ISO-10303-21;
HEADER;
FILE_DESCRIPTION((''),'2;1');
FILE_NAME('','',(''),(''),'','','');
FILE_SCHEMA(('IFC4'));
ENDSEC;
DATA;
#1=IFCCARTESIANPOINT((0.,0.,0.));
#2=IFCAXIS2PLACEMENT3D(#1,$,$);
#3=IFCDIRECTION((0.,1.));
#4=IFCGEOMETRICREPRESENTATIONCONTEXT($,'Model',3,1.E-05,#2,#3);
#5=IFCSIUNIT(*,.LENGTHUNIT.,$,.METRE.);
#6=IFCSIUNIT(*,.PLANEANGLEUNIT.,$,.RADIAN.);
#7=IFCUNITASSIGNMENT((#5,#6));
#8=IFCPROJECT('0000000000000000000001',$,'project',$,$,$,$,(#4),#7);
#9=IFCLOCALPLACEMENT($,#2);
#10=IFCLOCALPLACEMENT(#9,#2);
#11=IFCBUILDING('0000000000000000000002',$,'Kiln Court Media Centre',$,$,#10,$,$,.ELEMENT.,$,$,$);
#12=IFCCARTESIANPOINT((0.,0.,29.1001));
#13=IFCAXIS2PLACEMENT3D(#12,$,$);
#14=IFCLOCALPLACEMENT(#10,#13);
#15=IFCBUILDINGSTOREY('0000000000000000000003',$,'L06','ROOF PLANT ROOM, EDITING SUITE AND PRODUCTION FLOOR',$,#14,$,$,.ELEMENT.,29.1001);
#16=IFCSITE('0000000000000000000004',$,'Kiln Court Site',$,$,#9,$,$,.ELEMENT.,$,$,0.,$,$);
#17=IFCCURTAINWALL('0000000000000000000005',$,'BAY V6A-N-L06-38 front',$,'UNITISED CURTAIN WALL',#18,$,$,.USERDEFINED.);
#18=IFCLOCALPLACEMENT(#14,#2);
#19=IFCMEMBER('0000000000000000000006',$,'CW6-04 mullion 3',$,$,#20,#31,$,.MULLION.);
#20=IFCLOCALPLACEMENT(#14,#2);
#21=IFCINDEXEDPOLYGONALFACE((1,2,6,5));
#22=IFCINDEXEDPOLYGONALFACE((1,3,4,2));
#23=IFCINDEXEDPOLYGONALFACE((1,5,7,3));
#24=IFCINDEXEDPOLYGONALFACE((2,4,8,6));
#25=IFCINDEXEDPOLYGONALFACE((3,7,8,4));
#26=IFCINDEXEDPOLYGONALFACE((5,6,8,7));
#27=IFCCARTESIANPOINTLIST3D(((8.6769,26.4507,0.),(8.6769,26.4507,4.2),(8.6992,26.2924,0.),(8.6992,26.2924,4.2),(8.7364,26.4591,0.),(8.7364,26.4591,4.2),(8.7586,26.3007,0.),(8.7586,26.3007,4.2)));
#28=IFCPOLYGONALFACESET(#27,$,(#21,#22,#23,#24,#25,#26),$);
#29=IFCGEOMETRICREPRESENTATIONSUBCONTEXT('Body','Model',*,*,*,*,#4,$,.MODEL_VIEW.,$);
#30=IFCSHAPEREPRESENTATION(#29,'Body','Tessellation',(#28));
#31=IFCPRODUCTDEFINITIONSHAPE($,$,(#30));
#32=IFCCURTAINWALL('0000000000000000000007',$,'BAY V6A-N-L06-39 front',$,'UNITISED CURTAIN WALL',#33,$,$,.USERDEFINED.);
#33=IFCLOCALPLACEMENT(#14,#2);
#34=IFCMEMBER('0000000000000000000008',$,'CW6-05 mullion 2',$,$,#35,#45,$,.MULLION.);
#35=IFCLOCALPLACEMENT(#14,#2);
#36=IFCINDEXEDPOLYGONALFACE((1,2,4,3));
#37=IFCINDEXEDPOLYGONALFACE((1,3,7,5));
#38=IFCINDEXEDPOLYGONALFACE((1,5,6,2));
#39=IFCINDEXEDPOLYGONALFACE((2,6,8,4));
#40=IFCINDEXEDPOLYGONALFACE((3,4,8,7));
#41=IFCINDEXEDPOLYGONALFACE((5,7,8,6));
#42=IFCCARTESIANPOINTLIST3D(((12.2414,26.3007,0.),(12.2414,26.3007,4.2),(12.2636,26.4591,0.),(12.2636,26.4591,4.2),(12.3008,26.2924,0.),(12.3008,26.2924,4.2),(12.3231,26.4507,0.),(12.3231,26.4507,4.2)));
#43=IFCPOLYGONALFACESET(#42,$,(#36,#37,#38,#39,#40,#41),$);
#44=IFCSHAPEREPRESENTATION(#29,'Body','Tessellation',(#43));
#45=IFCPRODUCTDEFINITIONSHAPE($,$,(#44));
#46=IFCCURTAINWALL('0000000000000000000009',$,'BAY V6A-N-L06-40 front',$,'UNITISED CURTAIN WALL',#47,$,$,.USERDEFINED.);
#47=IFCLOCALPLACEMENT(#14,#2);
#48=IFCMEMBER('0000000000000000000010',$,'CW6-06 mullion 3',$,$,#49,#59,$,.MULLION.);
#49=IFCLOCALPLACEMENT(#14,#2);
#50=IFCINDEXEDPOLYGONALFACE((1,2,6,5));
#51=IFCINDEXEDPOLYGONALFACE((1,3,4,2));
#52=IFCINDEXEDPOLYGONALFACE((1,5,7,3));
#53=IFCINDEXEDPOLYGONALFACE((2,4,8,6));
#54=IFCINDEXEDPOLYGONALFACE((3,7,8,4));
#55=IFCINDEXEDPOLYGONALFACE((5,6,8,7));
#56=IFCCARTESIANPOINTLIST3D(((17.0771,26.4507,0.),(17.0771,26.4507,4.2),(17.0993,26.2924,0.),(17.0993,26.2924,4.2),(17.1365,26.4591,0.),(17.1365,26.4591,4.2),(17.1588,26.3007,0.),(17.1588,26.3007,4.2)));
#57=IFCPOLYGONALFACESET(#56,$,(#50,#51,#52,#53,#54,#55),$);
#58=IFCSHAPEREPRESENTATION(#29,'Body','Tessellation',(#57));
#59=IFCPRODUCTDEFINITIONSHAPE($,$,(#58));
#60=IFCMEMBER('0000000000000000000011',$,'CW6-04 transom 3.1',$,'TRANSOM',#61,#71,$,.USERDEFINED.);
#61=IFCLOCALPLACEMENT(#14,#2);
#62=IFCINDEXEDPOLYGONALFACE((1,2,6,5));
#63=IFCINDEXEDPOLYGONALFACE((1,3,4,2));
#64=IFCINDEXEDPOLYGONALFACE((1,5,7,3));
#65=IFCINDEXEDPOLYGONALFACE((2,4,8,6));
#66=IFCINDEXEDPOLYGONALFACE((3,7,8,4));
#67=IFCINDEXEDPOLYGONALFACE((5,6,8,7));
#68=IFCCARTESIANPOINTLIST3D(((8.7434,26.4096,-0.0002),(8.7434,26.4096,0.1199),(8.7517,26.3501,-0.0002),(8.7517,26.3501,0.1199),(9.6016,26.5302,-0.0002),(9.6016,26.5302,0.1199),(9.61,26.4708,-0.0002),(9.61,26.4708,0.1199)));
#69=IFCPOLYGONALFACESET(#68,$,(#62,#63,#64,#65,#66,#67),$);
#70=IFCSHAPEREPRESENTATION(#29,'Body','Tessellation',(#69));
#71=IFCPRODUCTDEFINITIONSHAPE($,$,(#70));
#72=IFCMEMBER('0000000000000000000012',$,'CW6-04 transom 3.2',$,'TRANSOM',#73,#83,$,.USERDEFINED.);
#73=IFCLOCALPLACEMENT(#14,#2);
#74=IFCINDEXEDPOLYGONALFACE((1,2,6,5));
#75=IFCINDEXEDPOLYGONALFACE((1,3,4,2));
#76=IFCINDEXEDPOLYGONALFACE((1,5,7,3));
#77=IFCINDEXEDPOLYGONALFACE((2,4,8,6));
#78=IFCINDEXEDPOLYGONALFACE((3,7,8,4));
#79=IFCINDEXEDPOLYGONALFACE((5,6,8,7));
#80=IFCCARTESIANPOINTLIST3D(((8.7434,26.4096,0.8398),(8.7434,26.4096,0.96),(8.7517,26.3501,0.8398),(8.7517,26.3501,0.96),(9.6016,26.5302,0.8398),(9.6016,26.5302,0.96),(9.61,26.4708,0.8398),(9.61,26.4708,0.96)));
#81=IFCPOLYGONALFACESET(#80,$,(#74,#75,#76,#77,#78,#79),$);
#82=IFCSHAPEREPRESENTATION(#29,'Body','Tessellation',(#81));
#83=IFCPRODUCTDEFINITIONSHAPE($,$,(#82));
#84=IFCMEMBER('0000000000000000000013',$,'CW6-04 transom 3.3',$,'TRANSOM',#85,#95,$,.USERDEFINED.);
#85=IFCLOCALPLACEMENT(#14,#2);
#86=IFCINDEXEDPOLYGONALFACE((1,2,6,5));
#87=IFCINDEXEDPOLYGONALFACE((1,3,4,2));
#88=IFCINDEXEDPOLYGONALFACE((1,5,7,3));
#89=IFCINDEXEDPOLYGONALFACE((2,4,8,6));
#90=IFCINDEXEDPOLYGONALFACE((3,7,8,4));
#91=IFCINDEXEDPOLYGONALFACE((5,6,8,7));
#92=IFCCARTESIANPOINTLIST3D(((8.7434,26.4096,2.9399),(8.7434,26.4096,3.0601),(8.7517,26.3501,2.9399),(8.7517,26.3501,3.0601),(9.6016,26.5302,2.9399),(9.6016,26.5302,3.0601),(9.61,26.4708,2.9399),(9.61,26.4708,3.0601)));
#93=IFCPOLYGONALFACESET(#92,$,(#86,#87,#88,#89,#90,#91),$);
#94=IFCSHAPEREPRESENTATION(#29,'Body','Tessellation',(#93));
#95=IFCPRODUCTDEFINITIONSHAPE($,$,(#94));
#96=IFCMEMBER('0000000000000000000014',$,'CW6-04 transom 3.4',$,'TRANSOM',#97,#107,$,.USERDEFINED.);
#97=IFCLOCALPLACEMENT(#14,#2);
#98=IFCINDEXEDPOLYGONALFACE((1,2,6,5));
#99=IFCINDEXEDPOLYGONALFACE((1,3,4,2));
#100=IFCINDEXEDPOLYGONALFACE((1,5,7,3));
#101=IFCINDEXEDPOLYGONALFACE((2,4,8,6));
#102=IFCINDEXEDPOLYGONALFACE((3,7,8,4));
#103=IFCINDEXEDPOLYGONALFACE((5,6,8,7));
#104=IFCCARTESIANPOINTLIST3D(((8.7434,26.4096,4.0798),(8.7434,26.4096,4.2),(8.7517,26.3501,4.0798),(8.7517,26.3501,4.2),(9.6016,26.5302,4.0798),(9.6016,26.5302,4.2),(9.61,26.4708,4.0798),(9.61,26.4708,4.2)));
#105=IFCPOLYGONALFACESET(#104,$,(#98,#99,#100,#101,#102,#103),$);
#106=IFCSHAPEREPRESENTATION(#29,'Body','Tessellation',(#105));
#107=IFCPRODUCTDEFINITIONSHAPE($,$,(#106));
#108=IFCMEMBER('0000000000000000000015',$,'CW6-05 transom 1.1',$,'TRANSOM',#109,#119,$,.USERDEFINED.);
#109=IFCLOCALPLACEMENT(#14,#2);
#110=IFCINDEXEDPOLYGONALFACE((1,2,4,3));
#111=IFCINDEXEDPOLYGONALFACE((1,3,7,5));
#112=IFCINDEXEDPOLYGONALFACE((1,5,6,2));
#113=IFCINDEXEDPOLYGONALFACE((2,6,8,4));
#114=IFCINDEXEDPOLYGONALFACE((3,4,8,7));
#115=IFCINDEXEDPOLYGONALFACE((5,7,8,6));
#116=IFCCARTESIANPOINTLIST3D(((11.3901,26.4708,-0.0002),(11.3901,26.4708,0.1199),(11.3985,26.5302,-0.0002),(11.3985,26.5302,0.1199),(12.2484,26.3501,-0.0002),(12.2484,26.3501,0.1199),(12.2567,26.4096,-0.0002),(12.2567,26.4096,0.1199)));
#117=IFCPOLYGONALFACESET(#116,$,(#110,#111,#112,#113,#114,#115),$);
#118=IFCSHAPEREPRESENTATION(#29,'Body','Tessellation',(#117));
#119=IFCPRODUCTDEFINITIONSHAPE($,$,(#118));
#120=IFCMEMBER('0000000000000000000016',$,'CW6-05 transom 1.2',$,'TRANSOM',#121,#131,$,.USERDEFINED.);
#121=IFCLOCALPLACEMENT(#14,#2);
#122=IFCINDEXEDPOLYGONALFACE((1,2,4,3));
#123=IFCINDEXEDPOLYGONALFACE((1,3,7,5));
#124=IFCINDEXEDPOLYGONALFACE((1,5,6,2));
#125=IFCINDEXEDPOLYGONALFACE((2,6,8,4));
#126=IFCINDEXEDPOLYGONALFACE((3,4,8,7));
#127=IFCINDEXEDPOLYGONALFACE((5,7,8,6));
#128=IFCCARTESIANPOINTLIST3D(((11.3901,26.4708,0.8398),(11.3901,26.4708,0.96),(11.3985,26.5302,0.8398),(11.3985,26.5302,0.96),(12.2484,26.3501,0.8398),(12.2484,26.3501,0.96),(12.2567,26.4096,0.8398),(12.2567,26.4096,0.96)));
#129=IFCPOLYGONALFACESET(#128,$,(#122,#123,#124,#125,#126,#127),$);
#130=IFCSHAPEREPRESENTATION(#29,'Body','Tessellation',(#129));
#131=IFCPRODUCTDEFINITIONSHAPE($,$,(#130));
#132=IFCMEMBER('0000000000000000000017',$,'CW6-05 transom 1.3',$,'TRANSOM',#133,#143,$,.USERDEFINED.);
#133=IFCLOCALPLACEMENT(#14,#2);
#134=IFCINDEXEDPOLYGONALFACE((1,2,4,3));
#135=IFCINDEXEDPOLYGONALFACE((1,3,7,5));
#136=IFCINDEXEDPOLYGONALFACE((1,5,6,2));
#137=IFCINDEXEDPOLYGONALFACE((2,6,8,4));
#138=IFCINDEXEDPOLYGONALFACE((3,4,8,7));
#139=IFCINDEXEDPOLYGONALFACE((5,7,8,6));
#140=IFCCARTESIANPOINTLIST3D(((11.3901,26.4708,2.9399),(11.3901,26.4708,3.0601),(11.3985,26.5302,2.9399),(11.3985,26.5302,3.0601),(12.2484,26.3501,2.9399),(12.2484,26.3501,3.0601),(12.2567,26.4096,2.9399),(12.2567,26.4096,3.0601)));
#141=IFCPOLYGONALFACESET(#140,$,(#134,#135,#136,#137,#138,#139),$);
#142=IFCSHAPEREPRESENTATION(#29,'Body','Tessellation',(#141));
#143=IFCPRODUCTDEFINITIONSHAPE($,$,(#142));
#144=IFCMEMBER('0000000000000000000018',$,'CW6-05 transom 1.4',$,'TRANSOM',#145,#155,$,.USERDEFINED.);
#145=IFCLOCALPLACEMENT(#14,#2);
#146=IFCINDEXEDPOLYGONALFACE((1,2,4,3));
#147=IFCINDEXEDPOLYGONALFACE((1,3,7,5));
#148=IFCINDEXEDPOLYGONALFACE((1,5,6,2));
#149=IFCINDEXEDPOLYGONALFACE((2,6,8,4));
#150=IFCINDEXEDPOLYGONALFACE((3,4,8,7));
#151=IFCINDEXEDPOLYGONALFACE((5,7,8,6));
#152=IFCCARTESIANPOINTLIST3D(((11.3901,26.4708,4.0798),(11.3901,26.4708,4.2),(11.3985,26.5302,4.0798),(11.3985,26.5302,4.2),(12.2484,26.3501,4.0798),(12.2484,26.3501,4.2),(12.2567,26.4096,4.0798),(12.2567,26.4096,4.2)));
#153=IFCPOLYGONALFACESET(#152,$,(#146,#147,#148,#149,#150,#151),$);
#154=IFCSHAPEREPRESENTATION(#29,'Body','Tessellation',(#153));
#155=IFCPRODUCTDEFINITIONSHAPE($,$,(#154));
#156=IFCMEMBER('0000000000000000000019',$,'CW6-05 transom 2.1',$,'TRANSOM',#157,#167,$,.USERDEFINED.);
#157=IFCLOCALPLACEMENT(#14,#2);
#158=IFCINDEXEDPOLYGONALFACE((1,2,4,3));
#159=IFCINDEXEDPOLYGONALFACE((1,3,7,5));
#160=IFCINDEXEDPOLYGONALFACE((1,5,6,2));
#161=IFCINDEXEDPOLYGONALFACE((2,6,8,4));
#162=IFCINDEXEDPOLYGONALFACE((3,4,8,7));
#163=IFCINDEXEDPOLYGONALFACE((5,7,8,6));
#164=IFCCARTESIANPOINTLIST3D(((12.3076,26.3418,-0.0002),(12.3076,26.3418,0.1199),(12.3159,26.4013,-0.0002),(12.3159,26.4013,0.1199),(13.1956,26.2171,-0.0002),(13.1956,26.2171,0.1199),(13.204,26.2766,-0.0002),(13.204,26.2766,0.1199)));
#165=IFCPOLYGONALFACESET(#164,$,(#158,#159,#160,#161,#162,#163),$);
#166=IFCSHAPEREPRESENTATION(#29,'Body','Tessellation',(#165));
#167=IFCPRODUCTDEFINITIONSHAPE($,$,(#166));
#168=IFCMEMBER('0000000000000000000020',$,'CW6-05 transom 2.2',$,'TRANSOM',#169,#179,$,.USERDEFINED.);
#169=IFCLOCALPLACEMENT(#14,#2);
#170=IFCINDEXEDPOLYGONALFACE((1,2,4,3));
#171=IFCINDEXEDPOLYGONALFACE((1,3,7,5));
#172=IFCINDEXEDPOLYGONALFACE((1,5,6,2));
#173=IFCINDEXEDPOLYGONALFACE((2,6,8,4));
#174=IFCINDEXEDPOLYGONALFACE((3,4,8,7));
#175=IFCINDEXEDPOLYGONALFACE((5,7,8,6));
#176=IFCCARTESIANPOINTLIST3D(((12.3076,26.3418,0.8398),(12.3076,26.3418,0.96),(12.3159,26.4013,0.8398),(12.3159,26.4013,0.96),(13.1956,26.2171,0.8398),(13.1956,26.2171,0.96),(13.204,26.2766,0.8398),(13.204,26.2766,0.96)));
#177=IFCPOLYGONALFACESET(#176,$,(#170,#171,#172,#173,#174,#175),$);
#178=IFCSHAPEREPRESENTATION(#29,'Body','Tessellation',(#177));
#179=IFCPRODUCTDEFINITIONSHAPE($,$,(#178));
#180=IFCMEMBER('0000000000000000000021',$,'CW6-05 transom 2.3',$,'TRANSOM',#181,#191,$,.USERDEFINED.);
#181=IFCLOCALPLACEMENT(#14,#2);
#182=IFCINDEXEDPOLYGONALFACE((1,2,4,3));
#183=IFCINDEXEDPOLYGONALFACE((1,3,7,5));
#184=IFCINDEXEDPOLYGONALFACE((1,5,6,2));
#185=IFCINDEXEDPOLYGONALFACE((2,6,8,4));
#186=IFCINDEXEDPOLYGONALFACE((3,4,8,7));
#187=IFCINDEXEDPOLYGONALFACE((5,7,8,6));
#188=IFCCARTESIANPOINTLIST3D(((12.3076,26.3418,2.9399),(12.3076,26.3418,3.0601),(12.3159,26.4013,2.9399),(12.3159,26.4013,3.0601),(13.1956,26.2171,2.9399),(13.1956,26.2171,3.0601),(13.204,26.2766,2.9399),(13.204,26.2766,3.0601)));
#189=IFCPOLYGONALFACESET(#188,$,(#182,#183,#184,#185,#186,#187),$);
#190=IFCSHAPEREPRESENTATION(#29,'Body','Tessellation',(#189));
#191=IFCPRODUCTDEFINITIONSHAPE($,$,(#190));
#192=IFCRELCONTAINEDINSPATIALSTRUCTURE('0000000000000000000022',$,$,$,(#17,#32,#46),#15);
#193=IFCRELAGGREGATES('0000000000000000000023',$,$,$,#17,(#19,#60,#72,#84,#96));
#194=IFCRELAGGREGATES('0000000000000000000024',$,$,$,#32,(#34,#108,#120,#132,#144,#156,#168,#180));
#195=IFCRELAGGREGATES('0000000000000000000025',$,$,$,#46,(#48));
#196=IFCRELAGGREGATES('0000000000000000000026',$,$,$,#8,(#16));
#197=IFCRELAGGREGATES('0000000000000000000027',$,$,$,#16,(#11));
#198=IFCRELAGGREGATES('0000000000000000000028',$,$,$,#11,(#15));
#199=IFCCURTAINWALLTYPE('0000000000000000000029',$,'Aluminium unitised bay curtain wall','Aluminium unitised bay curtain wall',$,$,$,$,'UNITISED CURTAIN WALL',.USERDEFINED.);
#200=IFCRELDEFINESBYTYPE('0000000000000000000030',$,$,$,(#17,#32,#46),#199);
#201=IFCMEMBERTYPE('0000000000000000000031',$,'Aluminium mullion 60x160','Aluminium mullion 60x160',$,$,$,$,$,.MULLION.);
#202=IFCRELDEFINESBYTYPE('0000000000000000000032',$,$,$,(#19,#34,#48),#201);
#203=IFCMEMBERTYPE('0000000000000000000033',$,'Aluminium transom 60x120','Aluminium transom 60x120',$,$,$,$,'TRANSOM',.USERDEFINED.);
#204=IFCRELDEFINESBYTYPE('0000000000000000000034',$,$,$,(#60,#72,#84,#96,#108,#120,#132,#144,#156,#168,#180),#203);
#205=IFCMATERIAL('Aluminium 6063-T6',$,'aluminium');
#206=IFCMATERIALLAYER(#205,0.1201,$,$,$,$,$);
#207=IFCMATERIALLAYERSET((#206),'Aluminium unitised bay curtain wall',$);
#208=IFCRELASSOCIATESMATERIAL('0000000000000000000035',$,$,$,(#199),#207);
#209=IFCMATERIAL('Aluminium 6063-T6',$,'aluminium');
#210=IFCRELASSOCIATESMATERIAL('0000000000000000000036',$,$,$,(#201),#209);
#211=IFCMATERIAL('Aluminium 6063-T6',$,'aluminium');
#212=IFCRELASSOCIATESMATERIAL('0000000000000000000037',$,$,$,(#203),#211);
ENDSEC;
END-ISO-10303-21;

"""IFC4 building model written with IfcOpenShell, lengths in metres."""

from ifc_helpers import new_model, si_unit, direction, frame, origin, origin_2d, place, context, subcontext, project, spatial, rectangle, extrude, material, layer, layer_set, material_profile, profile_set, type_object, element, aggregate, save


model = new_model("IFC4")

# Units and contexts
model_context = context("Model", 3, precision=1e-05, world=origin(), true_north=direction((0.0, 1.0)))
body_context = subcontext(model_context, "Body", "Model", "MODEL_VIEW")
ifc_project = project(units=[si_unit("LENGTHUNIT", "METRE"), si_unit("PLANEANGLEUNIT", "RADIAN")], contexts=[model_context])

# Site, building, storey
site_placement = place(None, origin())
site = spatial("IfcSite", under=ifc_project, at=site_placement, Name="Kiln Court Site", CompositionType="ELEMENT", RefElevation=0.0)
building_placement = place(site_placement, origin())
building = spatial("IfcBuilding", under=site, at=building_placement, Name="Kiln Court Media Centre", CompositionType="ELEMENT")
storey_placement = place(building_placement, frame((0.0, 0.0, 29.1001)))
storey = spatial("IfcBuildingStorey", under=building, at=storey_placement, Name="L06", Description="ROOF PLANT ROOM, EDITING SUITE AND PRODUCTION FLOOR", CompositionType="ELEMENT", Elevation=29.1001)

# Curtain walls, members
ifc_material_1 = material(Name="Aluminium 6063-T6", Category="aluminium")
ifc_layer_1 = layer(ifc_material_1, 0.1201)
ifc_layer_set_1 = layer_set([ifc_layer_1], Name="Aluminium unitised bay curtain wall")
curtain_wall_type = type_object("IfcCurtainWallType", Name="Aluminium unitised bay curtain wall", Description="Aluminium unitised bay curtain wall", ElementType="UNITISED CURTAIN WALL", PredefinedType="USERDEFINED", material=ifc_layer_set_1)
curtain_wall_1_placement = place(storey_placement, origin())
curtain_wall_1 = element("IfcCurtainWall", 1, at=curtain_wall_1_placement, inside=storey, type_object=curtain_wall_type, Name="BAY V6A-N-L06-38 front", ObjectType="UNITISED CURTAIN WALL", PredefinedType="USERDEFINED")
ifc_material_2 = material(Name="Aluminium 6063-T6", Category="aluminium")
ifc_material_profile_1 = material_profile(ifc_material_2, rectangle(XDim=0.0601, YDim=0.1599, at=origin_2d()), Name="Aluminium mullion 60x160")
ifc_profile_set_1 = profile_set([ifc_material_profile_1], Name="Aluminium 6063-T6")
member_type_1 = type_object("IfcMemberType", Name="Aluminium mullion 60x160", Description="Aluminium mullion 60x160", PredefinedType="MULLION", material=ifc_profile_set_1)
member_1_placement = place(storey_placement, frame((8.7178, 26.3757, 0.0), z_axis=(0.0, 0.0, 1.0), x_axis=(0.99027, 0.139162, 0.0)))
member_1 = element("IfcMember", 2, at=member_1_placement, type_object=member_type_1, Name="CW6-04 mullion 3", PredefinedType="MULLION", context=body_context, shape_type="SweptSolid", body=[
    extrude(rectangle(XDim=0.0601, YDim=0.1599, at=origin_2d()), origin(), (0.0, 0.0, 1.0), 4.2),
])
curtain_wall_2_placement = place(storey_placement, origin())
curtain_wall_2 = element("IfcCurtainWall", 3, at=curtain_wall_2_placement, inside=storey, type_object=curtain_wall_type, Name="BAY V6A-N-L06-39 front", ObjectType="UNITISED CURTAIN WALL", PredefinedType="USERDEFINED")
member_2_placement = place(storey_placement, frame((12.2822, 26.3757, 0.0), z_axis=(0.0, 0.0, 1.0), x_axis=(0.99027, -0.139162, 0.0)))
member_2 = element("IfcMember", 4, at=member_2_placement, type_object=member_type_1, Name="CW6-05 mullion 2", PredefinedType="MULLION", context=body_context, shape_type="SweptSolid", body=[
    extrude(rectangle(XDim=0.0601, YDim=0.1599, at=origin_2d()), origin(), (0.0, 0.0, 1.0), 4.2),
])
curtain_wall_3_placement = place(storey_placement, origin())
curtain_wall_3 = element("IfcCurtainWall", 5, at=curtain_wall_3_placement, inside=storey, type_object=curtain_wall_type, Name="BAY V6A-N-L06-40 front", ObjectType="UNITISED CURTAIN WALL", PredefinedType="USERDEFINED")
member_3_placement = place(storey_placement, frame((17.1179, 26.3757, 0.0), z_axis=(0.0, 0.0, 1.0), x_axis=(0.99027, 0.139162, 0.0)))
member_3 = element("IfcMember", 6, at=member_3_placement, type_object=member_type_1, Name="CW6-06 mullion 3", PredefinedType="MULLION", context=body_context, shape_type="SweptSolid", body=[
    extrude(rectangle(XDim=0.0601, YDim=0.1599, at=origin_2d()), origin(), (0.0, 0.0, 1.0), 4.2),
])

# Members
ifc_material_3 = material(Name="Aluminium 6063-T6", Category="aluminium")
ifc_material_profile_2 = material_profile(ifc_material_3, rectangle(XDim=0.0601, YDim=0.1201, at=origin_2d()), Name="Aluminium transom 60x120")
ifc_profile_set_2 = profile_set([ifc_material_profile_2], Name="Aluminium 6063-T6")
member_type_2 = type_object("IfcMemberType", Name="Aluminium transom 60x120", Description="Aluminium transom 60x120", ElementType="TRANSOM", PredefinedType="USERDEFINED", material=ifc_profile_set_2)
member_4_placement = place(storey_placement, frame((8.7476, 26.3799, 0.0598), z_axis=(0.990268, 0.139173, 0.0), x_axis=(-0.139173, 0.990268, 0.0)))
member_4 = element("IfcMember", 7, at=member_4_placement, type_object=member_type_2, Name="CW6-04 transom 3.1", ObjectType="TRANSOM", PredefinedType="USERDEFINED", context=body_context, shape_type="SweptSolid", body=[
    extrude(rectangle(XDim=0.0601, YDim=0.1201, at=origin_2d()), origin(), (0.0, 0.0, 1.0), 0.8667),
])
member_5_placement = place(storey_placement, frame((8.7476, 26.3799, 0.8999), z_axis=(0.990268, 0.139173, 0.0), x_axis=(-0.139173, 0.990268, 0.0)))
member_5 = element("IfcMember", 8, at=member_5_placement, type_object=member_type_2, Name="CW6-04 transom 3.2", ObjectType="TRANSOM", PredefinedType="USERDEFINED", context=body_context, shape_type="SweptSolid", body=[
    extrude(rectangle(XDim=0.0601, YDim=0.1201, at=origin_2d()), origin(), (0.0, 0.0, 1.0), 0.8667),
])
member_6_placement = place(storey_placement, frame((8.7476, 26.3799, 3.0), z_axis=(0.990268, 0.139173, 0.0), x_axis=(-0.139173, 0.990268, 0.0)))
member_6 = element("IfcMember", 9, at=member_6_placement, type_object=member_type_2, Name="CW6-04 transom 3.3", ObjectType="TRANSOM", PredefinedType="USERDEFINED", context=body_context, shape_type="SweptSolid", body=[
    extrude(rectangle(XDim=0.0601, YDim=0.1201, at=origin_2d()), origin(), (0.0, 0.0, 1.0), 0.8667),
])
member_7_placement = place(storey_placement, frame((8.7476, 26.3799, 4.1399), z_axis=(0.990268, 0.139173, 0.0), x_axis=(-0.139173, 0.990268, 0.0)))
member_7 = element("IfcMember", 10, at=member_7_placement, type_object=member_type_2, Name="CW6-04 transom 3.4", ObjectType="TRANSOM", PredefinedType="USERDEFINED", context=body_context, shape_type="SweptSolid", body=[
    extrude(rectangle(XDim=0.0601, YDim=0.1201, at=origin_2d()), origin(), (0.0, 0.0, 1.0), 0.8667),
])
member_8_placement = place(storey_placement, frame((11.3943, 26.5005, 0.0598), z_axis=(0.990268, -0.139173, 0.0), x_axis=(0.139173, 0.990268, 0.0)))
member_8 = element("IfcMember", 11, at=member_8_placement, type_object=member_type_2, Name="CW6-05 transom 1.1", ObjectType="TRANSOM", PredefinedType="USERDEFINED", context=body_context, shape_type="SweptSolid", body=[
    extrude(rectangle(XDim=0.0601, YDim=0.1201, at=origin_2d()), origin(), (0.0, 0.0, 1.0), 0.8667),
])
member_9_placement = place(storey_placement, frame((11.3943, 26.5005, 0.8999), z_axis=(0.990268, -0.139173, 0.0), x_axis=(0.139173, 0.990268, 0.0)))
member_9 = element("IfcMember", 12, at=member_9_placement, type_object=member_type_2, Name="CW6-05 transom 1.2", ObjectType="TRANSOM", PredefinedType="USERDEFINED", context=body_context, shape_type="SweptSolid", body=[
    extrude(rectangle(XDim=0.0601, YDim=0.1201, at=origin_2d()), origin(), (0.0, 0.0, 1.0), 0.8667),
])
member_10_placement = place(storey_placement, frame((11.3943, 26.5005, 3.0), z_axis=(0.990268, -0.139173, 0.0), x_axis=(0.139173, 0.990268, 0.0)))
member_10 = element("IfcMember", 13, at=member_10_placement, type_object=member_type_2, Name="CW6-05 transom 1.3", ObjectType="TRANSOM", PredefinedType="USERDEFINED", context=body_context, shape_type="SweptSolid", body=[
    extrude(rectangle(XDim=0.0601, YDim=0.1201, at=origin_2d()), origin(), (0.0, 0.0, 1.0), 0.8667),
])
member_11_placement = place(storey_placement, frame((11.3943, 26.5005, 4.1399), z_axis=(0.990268, -0.139173, 0.0), x_axis=(0.139173, 0.990268, 0.0)))
member_11 = element("IfcMember", 14, at=member_11_placement, type_object=member_type_2, Name="CW6-05 transom 1.4", ObjectType="TRANSOM", PredefinedType="USERDEFINED", context=body_context, shape_type="SweptSolid", body=[
    extrude(rectangle(XDim=0.0601, YDim=0.1201, at=origin_2d()), origin(), (0.0, 0.0, 1.0), 0.8667),
])
member_12_placement = place(storey_placement, frame((12.3118, 26.3716, 0.0598), z_axis=(0.990274, -0.139134, 0.0), x_axis=(0.139134, 0.990274, 0.0)))
member_12 = element("IfcMember", 15, at=member_12_placement, type_object=member_type_2, Name="CW6-05 transom 2.1", ObjectType="TRANSOM", PredefinedType="USERDEFINED", context=body_context, shape_type="SweptSolid", body=[
    extrude(rectangle(XDim=0.0601, YDim=0.1201, at=origin_2d()), origin(), (0.0, 0.0, 1.0), 0.8967),
])
member_13_placement = place(storey_placement, frame((12.3118, 26.3716, 0.8999), z_axis=(0.990274, -0.139134, 0.0), x_axis=(0.139134, 0.990274, 0.0)))
member_13 = element("IfcMember", 16, at=member_13_placement, type_object=member_type_2, Name="CW6-05 transom 2.2", ObjectType="TRANSOM", PredefinedType="USERDEFINED", context=body_context, shape_type="SweptSolid", body=[
    extrude(rectangle(XDim=0.0601, YDim=0.1201, at=origin_2d()), origin(), (0.0, 0.0, 1.0), 0.8967),
])
member_14_placement = place(storey_placement, frame((12.3118, 26.3716, 3.0), z_axis=(0.990274, -0.139134, 0.0), x_axis=(0.139134, 0.990274, 0.0)))
member_14 = element("IfcMember", 17, at=member_14_placement, type_object=member_type_2, Name="CW6-05 transom 2.3", ObjectType="TRANSOM", PredefinedType="USERDEFINED", context=body_context, shape_type="SweptSolid", body=[
    extrude(rectangle(XDim=0.0601, YDim=0.1201, at=origin_2d()), origin(), (0.0, 0.0, 1.0), 0.8967),
])

aggregate(curtain_wall_1, [member_1, member_4, member_5, member_6, member_7])
aggregate(curtain_wall_2, [member_2, member_8, member_9, member_10, member_11, member_12, member_13, member_14])
aggregate(curtain_wall_3, [member_3])

save(model, "model.ifc")
